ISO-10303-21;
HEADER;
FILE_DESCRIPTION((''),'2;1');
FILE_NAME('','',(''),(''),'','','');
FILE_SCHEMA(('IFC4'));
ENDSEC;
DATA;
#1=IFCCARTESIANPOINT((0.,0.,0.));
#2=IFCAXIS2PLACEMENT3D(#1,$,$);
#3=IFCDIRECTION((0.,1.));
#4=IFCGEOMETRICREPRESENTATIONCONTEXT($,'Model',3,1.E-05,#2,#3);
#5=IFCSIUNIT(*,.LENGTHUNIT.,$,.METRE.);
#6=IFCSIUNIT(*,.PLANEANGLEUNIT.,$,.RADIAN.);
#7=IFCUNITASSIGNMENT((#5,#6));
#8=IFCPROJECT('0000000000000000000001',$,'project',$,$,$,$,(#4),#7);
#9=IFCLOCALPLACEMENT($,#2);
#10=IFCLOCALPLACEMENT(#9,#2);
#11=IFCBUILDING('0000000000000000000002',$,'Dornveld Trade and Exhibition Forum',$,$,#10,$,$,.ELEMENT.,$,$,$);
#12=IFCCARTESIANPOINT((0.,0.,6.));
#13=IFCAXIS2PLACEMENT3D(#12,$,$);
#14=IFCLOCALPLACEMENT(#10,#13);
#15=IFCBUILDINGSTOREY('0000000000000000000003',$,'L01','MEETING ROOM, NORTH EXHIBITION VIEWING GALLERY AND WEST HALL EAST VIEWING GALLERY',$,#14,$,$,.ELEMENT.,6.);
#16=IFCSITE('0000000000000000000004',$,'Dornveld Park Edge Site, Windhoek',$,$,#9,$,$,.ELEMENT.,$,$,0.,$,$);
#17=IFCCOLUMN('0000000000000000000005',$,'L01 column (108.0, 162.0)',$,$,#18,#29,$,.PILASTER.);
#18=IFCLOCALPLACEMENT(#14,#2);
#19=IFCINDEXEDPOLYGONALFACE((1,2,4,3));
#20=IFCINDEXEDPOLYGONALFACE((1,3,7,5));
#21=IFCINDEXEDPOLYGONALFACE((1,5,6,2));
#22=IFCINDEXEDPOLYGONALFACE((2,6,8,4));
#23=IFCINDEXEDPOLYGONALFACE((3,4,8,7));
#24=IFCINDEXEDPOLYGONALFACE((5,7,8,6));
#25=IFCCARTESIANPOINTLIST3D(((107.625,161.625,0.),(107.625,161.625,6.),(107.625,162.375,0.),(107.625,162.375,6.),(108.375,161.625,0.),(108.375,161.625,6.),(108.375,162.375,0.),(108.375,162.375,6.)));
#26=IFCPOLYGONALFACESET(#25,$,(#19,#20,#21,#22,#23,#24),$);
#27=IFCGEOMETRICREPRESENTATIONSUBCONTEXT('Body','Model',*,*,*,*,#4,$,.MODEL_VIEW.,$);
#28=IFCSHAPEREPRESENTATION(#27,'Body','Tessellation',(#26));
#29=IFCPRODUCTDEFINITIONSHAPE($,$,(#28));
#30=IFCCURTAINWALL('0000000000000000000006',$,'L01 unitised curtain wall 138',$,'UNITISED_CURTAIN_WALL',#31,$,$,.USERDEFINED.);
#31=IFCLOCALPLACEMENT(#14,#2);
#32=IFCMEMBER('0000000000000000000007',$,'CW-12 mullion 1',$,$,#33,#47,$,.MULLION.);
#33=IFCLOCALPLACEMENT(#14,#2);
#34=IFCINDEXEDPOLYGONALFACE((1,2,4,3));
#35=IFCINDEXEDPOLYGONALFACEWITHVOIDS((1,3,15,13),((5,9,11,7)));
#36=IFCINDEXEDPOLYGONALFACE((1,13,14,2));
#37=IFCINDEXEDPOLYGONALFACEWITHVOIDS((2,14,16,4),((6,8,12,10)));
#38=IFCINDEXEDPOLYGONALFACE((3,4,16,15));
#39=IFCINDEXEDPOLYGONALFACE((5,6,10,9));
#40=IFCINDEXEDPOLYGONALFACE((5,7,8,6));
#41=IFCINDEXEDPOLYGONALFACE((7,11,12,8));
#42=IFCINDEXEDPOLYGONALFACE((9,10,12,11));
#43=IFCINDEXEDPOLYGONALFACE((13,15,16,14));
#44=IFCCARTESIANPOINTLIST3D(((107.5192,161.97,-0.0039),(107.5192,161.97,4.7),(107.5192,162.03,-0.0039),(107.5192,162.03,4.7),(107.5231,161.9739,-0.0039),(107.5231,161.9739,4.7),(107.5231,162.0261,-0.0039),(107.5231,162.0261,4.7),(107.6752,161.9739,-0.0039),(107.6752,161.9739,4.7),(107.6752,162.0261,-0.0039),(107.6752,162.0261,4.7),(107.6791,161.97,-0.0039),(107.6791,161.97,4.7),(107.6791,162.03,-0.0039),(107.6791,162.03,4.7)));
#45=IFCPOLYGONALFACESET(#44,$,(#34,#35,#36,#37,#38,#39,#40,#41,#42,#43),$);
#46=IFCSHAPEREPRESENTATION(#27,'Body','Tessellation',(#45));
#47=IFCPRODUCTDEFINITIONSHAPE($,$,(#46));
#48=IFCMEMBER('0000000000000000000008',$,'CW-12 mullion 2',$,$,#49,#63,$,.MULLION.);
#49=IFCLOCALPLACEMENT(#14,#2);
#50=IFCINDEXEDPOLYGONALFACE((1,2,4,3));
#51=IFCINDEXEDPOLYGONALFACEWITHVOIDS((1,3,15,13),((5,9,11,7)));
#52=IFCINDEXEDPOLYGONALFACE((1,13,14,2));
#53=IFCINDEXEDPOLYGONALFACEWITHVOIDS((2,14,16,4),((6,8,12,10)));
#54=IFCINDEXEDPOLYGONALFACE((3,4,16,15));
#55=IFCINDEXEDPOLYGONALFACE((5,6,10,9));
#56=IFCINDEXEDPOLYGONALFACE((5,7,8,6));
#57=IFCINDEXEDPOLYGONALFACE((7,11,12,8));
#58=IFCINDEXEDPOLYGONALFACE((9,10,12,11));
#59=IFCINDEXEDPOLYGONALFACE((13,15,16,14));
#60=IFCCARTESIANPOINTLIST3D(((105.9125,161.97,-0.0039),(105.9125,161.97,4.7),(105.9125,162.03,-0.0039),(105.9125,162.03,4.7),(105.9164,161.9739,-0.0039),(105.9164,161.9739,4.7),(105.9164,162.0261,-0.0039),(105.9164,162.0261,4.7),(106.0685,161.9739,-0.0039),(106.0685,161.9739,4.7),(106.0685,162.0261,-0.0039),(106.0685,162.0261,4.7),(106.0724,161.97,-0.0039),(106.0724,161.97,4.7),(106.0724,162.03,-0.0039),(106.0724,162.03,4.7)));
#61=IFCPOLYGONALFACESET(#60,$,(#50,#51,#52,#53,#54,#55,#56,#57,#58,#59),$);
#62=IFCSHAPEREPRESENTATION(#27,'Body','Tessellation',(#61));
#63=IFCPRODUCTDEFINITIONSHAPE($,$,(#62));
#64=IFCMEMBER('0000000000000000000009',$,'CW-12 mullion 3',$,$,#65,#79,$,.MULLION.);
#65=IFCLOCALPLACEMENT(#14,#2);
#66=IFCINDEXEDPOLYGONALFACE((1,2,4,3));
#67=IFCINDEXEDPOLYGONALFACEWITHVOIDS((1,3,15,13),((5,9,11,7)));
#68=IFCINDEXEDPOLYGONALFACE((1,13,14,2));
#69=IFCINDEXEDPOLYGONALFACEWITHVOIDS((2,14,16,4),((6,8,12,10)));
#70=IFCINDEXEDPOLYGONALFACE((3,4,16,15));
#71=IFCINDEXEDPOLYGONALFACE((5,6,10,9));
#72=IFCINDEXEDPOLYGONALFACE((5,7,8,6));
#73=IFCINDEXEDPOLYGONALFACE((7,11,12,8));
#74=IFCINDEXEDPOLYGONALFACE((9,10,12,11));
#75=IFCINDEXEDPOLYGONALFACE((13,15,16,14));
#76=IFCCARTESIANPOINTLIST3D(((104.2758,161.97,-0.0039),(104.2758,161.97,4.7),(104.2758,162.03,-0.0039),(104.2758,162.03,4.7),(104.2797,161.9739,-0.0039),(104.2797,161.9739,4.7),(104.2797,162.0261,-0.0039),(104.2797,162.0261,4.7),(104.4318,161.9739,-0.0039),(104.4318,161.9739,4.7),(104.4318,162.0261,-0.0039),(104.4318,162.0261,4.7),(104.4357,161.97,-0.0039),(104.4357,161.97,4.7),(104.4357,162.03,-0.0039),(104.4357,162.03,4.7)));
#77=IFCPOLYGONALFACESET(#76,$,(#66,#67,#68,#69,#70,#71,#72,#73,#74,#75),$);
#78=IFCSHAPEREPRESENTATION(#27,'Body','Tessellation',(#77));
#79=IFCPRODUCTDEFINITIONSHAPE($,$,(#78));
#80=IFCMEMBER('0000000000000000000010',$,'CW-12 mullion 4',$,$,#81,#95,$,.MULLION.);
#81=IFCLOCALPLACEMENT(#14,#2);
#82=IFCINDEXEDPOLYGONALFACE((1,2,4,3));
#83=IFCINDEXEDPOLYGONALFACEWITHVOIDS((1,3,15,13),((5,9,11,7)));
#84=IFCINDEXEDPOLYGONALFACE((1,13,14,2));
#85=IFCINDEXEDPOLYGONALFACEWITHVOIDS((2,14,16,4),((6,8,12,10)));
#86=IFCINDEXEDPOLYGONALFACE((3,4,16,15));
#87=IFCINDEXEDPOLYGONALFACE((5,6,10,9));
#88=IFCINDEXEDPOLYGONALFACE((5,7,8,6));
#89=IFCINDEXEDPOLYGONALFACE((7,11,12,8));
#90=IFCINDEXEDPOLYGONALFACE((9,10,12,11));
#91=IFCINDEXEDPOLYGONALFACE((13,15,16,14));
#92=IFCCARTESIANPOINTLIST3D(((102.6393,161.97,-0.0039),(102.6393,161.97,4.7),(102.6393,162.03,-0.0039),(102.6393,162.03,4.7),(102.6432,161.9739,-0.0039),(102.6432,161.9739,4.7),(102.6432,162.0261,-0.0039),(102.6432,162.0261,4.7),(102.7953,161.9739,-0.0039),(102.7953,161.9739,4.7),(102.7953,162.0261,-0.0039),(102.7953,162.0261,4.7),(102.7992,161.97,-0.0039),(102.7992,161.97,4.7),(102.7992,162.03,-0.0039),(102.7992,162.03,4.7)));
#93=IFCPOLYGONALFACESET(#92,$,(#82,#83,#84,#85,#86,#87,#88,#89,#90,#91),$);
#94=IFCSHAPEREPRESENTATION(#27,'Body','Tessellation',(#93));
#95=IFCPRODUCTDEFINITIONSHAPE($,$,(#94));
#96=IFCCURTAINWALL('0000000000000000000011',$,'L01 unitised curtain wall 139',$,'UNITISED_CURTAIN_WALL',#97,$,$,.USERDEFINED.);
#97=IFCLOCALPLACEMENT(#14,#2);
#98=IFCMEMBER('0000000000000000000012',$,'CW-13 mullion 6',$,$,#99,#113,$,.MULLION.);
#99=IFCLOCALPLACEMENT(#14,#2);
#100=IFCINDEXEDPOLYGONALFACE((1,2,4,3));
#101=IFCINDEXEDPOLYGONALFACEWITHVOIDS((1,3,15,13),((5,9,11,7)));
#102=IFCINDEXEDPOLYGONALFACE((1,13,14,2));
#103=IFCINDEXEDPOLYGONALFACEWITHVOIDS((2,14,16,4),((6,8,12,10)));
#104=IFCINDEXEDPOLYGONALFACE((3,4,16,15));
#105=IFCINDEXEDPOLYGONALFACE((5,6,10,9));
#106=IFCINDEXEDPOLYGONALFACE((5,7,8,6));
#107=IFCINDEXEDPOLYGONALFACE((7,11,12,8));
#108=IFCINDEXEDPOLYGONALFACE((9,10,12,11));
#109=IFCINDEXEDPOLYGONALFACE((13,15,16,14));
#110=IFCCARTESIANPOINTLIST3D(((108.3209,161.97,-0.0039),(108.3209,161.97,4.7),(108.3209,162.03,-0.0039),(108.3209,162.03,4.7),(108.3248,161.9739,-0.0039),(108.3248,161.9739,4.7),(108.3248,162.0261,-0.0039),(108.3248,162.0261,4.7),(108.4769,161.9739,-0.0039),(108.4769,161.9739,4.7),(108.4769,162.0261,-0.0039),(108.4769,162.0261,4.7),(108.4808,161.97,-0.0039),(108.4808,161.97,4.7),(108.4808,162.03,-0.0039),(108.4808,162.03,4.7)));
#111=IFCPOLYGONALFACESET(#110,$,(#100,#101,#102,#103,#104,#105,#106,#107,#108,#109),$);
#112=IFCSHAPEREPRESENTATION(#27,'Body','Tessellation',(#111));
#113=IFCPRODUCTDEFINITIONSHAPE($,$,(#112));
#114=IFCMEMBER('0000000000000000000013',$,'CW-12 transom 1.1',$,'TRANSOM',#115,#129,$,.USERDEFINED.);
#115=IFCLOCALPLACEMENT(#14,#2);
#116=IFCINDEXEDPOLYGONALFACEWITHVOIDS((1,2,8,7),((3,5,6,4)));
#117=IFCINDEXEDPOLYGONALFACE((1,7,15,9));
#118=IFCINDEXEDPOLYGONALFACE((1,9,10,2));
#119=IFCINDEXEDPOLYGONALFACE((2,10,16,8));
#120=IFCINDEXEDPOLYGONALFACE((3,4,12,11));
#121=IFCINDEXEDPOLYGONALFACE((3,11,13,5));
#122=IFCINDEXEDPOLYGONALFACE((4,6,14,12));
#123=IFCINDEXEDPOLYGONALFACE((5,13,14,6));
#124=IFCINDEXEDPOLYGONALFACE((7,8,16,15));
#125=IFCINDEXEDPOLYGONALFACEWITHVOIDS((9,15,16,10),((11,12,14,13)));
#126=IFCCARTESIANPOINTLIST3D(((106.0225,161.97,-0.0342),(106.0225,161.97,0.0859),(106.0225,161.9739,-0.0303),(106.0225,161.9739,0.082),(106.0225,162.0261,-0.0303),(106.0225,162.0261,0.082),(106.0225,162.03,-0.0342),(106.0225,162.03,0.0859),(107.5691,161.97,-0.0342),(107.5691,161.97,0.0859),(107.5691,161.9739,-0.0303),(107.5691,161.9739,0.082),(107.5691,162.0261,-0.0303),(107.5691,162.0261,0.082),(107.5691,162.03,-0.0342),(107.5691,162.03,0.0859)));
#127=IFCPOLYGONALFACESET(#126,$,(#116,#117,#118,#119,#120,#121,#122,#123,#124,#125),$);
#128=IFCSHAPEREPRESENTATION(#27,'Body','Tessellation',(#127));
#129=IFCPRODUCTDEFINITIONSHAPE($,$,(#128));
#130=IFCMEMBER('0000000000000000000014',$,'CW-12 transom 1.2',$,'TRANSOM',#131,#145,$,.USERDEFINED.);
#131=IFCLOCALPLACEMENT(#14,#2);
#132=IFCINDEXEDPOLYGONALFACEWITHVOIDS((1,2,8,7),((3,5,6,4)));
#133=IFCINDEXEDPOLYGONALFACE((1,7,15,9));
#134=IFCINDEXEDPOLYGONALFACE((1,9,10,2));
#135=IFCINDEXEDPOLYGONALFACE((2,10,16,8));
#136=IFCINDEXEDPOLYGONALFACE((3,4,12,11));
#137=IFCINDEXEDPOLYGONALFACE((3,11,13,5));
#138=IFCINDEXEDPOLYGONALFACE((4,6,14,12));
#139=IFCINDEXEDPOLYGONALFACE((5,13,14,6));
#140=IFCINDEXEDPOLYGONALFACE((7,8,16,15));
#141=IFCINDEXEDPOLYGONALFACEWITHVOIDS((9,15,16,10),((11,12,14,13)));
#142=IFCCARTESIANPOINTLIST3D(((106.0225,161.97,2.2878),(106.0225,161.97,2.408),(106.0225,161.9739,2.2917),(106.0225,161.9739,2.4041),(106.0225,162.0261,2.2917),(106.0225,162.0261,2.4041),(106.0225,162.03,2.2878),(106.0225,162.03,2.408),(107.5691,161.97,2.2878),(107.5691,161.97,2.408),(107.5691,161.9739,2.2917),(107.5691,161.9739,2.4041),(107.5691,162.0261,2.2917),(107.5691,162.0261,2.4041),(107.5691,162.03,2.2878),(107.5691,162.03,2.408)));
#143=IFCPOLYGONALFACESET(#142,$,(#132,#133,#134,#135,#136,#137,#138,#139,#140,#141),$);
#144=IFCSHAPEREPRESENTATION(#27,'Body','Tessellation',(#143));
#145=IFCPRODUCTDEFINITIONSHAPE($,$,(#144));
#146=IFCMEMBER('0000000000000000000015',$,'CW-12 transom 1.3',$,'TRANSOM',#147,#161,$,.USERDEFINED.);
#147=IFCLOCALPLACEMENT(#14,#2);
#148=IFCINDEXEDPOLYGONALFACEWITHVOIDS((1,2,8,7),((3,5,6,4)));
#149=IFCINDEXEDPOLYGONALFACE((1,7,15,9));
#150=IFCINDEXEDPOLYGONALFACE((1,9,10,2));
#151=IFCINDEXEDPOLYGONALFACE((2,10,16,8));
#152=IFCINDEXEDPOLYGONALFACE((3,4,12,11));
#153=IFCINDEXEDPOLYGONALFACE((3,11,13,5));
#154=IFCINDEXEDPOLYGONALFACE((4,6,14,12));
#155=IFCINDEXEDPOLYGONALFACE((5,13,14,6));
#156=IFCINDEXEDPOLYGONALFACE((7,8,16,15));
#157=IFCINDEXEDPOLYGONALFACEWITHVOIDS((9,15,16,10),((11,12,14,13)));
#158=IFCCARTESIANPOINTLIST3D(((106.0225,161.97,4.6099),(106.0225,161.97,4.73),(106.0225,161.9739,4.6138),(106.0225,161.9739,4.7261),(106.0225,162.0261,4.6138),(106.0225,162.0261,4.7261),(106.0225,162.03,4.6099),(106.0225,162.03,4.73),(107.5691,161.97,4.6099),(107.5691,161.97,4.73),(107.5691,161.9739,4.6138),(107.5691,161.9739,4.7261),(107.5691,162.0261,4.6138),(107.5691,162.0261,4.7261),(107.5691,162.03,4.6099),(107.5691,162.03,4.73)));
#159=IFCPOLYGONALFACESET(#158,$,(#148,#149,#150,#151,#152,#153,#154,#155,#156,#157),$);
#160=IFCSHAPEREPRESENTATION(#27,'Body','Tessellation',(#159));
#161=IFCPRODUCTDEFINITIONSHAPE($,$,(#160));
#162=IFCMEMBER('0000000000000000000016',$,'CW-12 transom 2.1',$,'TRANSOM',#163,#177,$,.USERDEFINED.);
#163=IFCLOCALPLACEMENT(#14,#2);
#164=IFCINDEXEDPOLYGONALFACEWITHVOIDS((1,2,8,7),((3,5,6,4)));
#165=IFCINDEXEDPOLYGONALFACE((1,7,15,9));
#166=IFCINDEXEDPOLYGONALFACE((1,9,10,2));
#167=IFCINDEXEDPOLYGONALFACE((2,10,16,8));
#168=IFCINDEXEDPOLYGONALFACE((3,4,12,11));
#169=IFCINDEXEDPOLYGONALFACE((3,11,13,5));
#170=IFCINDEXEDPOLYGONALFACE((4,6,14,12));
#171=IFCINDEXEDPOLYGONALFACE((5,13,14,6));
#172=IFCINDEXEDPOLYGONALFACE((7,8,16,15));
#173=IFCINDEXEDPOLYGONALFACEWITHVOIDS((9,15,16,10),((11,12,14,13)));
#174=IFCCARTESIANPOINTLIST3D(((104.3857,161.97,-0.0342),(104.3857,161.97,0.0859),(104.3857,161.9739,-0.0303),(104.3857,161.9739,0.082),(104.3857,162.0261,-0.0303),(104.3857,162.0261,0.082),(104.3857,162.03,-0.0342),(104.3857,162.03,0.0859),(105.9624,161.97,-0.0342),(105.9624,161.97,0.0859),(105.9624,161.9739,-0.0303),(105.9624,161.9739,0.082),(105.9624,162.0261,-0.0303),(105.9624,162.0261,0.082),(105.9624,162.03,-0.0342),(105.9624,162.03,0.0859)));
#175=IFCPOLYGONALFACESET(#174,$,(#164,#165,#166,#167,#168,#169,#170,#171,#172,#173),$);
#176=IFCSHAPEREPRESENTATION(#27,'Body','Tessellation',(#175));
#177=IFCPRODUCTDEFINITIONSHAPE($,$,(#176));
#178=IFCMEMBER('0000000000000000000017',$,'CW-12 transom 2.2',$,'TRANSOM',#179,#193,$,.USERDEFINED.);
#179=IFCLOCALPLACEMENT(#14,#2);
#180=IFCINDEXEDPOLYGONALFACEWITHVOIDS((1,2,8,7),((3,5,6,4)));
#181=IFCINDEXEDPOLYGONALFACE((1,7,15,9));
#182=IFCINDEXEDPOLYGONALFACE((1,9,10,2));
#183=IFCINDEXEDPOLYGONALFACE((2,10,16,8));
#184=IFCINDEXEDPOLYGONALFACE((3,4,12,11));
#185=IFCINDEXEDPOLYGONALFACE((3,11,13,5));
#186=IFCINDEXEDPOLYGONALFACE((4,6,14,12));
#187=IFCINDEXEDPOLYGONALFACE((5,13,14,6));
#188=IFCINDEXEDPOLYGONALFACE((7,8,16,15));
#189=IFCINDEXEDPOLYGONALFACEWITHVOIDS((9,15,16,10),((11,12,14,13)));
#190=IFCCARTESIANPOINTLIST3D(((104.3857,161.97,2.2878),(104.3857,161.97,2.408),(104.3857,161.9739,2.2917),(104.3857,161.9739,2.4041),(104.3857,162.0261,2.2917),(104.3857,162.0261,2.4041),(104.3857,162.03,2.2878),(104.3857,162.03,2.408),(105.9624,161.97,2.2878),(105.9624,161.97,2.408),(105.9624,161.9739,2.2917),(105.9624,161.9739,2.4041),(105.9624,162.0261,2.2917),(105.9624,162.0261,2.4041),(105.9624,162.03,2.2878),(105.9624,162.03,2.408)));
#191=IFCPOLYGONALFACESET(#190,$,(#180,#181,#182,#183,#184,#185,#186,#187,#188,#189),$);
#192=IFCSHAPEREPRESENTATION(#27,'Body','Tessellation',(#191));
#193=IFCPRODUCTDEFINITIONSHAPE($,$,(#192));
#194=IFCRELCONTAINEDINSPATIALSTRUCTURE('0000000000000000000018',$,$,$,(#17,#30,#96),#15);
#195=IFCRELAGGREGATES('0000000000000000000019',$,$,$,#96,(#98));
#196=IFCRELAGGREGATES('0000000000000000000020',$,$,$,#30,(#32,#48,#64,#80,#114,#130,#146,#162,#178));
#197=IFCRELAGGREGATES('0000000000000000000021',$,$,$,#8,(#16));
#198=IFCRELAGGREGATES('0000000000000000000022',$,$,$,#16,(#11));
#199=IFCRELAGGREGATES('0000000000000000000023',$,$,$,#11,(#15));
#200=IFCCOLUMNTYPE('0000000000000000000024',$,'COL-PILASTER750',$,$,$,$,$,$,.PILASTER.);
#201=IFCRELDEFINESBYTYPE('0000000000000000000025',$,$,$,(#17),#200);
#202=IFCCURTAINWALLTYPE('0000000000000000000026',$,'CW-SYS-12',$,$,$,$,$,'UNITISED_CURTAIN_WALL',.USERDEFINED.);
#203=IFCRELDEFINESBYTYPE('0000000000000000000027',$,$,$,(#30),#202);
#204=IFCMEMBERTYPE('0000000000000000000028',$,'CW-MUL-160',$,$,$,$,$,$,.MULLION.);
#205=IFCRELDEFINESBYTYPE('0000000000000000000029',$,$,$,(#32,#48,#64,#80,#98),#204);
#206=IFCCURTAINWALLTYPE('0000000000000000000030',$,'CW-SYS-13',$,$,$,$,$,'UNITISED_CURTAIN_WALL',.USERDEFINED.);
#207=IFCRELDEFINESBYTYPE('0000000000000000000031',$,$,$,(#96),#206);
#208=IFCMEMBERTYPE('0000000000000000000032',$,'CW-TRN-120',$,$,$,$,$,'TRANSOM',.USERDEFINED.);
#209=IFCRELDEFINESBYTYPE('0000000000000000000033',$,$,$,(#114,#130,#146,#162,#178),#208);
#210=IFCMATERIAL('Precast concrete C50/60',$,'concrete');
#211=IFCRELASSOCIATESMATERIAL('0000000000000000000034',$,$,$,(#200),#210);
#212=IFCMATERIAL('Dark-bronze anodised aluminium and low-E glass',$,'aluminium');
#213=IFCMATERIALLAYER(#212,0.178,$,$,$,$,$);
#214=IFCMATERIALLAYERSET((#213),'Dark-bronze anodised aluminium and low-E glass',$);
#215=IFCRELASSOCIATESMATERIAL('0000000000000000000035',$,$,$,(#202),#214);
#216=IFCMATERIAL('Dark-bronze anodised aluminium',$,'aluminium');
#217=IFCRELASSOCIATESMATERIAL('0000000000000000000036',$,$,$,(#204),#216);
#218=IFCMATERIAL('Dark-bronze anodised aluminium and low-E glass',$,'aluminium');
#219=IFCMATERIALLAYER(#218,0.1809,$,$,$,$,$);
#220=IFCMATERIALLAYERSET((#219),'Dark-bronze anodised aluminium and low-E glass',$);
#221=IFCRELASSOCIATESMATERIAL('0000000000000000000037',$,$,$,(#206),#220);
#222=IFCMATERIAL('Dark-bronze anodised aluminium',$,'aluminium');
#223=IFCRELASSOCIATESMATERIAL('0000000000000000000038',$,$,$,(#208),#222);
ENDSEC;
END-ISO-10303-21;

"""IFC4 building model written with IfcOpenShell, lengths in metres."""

from ifc_helpers import new_model, si_unit, direction, frame, origin, origin_2d, place, context, subcontext, project, spatial, rectangle, hollow_rectangle, extrude, material, layer, layer_set, material_profile, profile_set, type_object, element, aggregate, save


model = new_model("IFC4")

# Units and contexts
model_context = context("Model", 3, precision=1e-05, world=origin(), true_north=direction((0.0, 1.0)))
body_context = subcontext(model_context, "Body", "Model", "MODEL_VIEW")
ifc_project = project(units=[si_unit("LENGTHUNIT", "METRE"), si_unit("PLANEANGLEUNIT", "RADIAN")], contexts=[model_context])

# Site, building, storey
site_placement = place(None, origin())
site = spatial("IfcSite", under=ifc_project, at=site_placement, Name="Dornveld Park Edge Site, Windhoek", CompositionType="ELEMENT", RefElevation=0.0)
building_placement = place(site_placement, origin())
building = spatial("IfcBuilding", under=site, at=building_placement, Name="Dornveld Trade and Exhibition Forum", CompositionType="ELEMENT")
storey_placement = place(building_placement, frame((0.0, 0.0, 6.0)))
storey = spatial("IfcBuildingStorey", under=building, at=storey_placement, Name="L01", Description="MEETING ROOM, NORTH EXHIBITION VIEWING GALLERY AND WEST HALL EAST VIEWING GALLERY", CompositionType="ELEMENT", Elevation=6.0)

# Column
ifc_material_1 = material(Name="Precast concrete C50/60", Category="concrete")
ifc_material_profile_1 = material_profile(ifc_material_1, rectangle(XDim=0.75, YDim=0.75, at=origin_2d()), Name="PC-COL 750x750")
ifc_profile_set_1 = profile_set([ifc_material_profile_1], Name="Precast concrete C50/60")
column_type = type_object("IfcColumnType", Name="COL-PILASTER750", PredefinedType="PILASTER", material=ifc_profile_set_1)
column_placement = place(storey_placement, frame((108.0, 162.0, 0.0), z_axis=(0.0, 0.0, 1.0), x_axis=(1.0, 0.0, 0.0)))
element("IfcColumn", 1, at=column_placement, inside=storey, type_object=column_type, Name="L01 column (108.0, 162.0)", PredefinedType="PILASTER", context=body_context, shape_type="SweptSolid", body=[
    extrude(rectangle(XDim=0.75, YDim=0.75, at=origin_2d()), origin(), (0.0, 0.0, 1.0), 6.0),
])

# Curtain wall, members
ifc_material_2 = material(Name="Dark-bronze anodised aluminium and low-E glass", Category="aluminium")
ifc_layer_1 = layer(ifc_material_2, 0.178)
ifc_layer_set_1 = layer_set([ifc_layer_1], Name="Dark-bronze anodised aluminium and low-E glass")
curtain_wall_type_1 = type_object("IfcCurtainWallType", Name="CW-SYS-12", ElementType="UNITISED_CURTAIN_WALL", PredefinedType="USERDEFINED", material=ifc_layer_set_1)
curtain_wall_1_placement = place(storey_placement, origin())
curtain_wall_1 = element("IfcCurtainWall", 2, at=curtain_wall_1_placement, inside=storey, type_object=curtain_wall_type_1, Name="L01 unitised curtain wall 138", ObjectType="UNITISED_CURTAIN_WALL", PredefinedType="USERDEFINED")
ifc_material_3 = material(Name="Dark-bronze anodised aluminium", Category="aluminium")
ifc_material_profile_2 = material_profile(ifc_material_3, hollow_rectangle(XDim=0.0601, YDim=0.1599, WallThickness=0.0039, at=origin_2d()), Name="RHS 160x60x4")
ifc_profile_set_2 = profile_set([ifc_material_profile_2], Name="Dark-bronze anodised aluminium")
member_type_1 = type_object("IfcMemberType", Name="CW-MUL-160", PredefinedType="MULLION", material=ifc_profile_set_2)
member_1_placement = place(storey_placement, frame((107.5991, 162.0, -0.0039), z_axis=(0.0, 0.0, 1.0), x_axis=(0.0, -1.0, 0.0)))
member_1 = element("IfcMember", 3, at=member_1_placement, type_object=member_type_1, Name="CW-12 mullion 1", PredefinedType="MULLION", context=body_context, shape_type="SweptSolid", body=[
    extrude(hollow_rectangle(XDim=0.0601, YDim=0.1599, WallThickness=0.0039, at=origin_2d()), origin(), (0.0, 0.0, 1.0), 4.7039),
])
member_2_placement = place(storey_placement, frame((105.9924, 162.0, -0.0039), z_axis=(0.0, 0.0, 1.0), x_axis=(0.0, -1.0, 0.0)))
member_2 = element("IfcMember", 4, at=member_2_placement, type_object=member_type_1, Name="CW-12 mullion 2", PredefinedType="MULLION", context=body_context, shape_type="SweptSolid", body=[
    extrude(hollow_rectangle(XDim=0.0601, YDim=0.1599, WallThickness=0.0039, at=origin_2d()), origin(), (0.0, 0.0, 1.0), 4.7039),
])
member_3_placement = place(storey_placement, frame((104.3557, 162.0, -0.0039), z_axis=(0.0, 0.0, 1.0), x_axis=(0.0, -1.0, 0.0)))
member_3 = element("IfcMember", 5, at=member_3_placement, type_object=member_type_1, Name="CW-12 mullion 3", PredefinedType="MULLION", context=body_context, shape_type="SweptSolid", body=[
    extrude(hollow_rectangle(XDim=0.0601, YDim=0.1599, WallThickness=0.0039, at=origin_2d()), origin(), (0.0, 0.0, 1.0), 4.7039),
])
member_4_placement = place(storey_placement, frame((102.7192, 162.0, -0.0039), z_axis=(0.0, 0.0, 1.0), x_axis=(0.0, -1.0, 0.0)))
member_4 = element("IfcMember", 6, at=member_4_placement, type_object=member_type_1, Name="CW-12 mullion 4", PredefinedType="MULLION", context=body_context, shape_type="SweptSolid", body=[
    extrude(hollow_rectangle(XDim=0.0601, YDim=0.1599, WallThickness=0.0039, at=origin_2d()), origin(), (0.0, 0.0, 1.0), 4.7039),
])

# Curtain wall, member
ifc_material_4 = material(Name="Dark-bronze anodised aluminium and low-E glass", Category="aluminium")
ifc_layer_2 = layer(ifc_material_4, 0.1809)
ifc_layer_set_2 = layer_set([ifc_layer_2], Name="Dark-bronze anodised aluminium and low-E glass")
curtain_wall_type_2 = type_object("IfcCurtainWallType", Name="CW-SYS-13", ElementType="UNITISED_CURTAIN_WALL", PredefinedType="USERDEFINED", material=ifc_layer_set_2)
curtain_wall_2_placement = place(storey_placement, origin())
curtain_wall_2 = element("IfcCurtainWall", 7, at=curtain_wall_2_placement, inside=storey, type_object=curtain_wall_type_2, Name="L01 unitised curtain wall 139", ObjectType="UNITISED_CURTAIN_WALL", PredefinedType="USERDEFINED")
member_5_placement = place(storey_placement, frame((108.4009, 162.0, -0.0039), z_axis=(0.0, 0.0, 1.0), x_axis=(0.0, -1.0, 0.0)))
member_5 = element("IfcMember", 8, at=member_5_placement, type_object=member_type_1, Name="CW-13 mullion 6", PredefinedType="MULLION", context=body_context, shape_type="SweptSolid", body=[
    extrude(hollow_rectangle(XDim=0.0601, YDim=0.1599, WallThickness=0.0039, at=origin_2d()), origin(), (0.0, 0.0, 1.0), 4.7039),
])
aggregate(curtain_wall_2, [member_5])

# Members
ifc_material_5 = material(Name="Dark-bronze anodised aluminium", Category="aluminium")
ifc_material_profile_3 = material_profile(ifc_material_5, hollow_rectangle(XDim=0.0601, YDim=0.1201, WallThickness=0.0039, at=origin_2d()), Name="RHS 120x60x4")
ifc_profile_set_3 = profile_set([ifc_material_profile_3], Name="Dark-bronze anodised aluminium")
member_type_2 = type_object("IfcMemberType", Name="CW-TRN-120", ElementType="TRANSOM", PredefinedType="USERDEFINED", material=ifc_profile_set_3)
member_6_placement = place(storey_placement, frame((107.5691, 162.0, 0.0259), z_axis=(-1.0, 0.0, 0.0), x_axis=(0.0, -1.0, 0.0)))
member_6 = element("IfcMember", 9, at=member_6_placement, type_object=member_type_2, Name="CW-12 transom 1.1", ObjectType="TRANSOM", PredefinedType="USERDEFINED", context=body_context, shape_type="SweptSolid", body=[
    extrude(hollow_rectangle(XDim=0.0601, YDim=0.1201, WallThickness=0.0039, at=origin_2d()), origin(), (0.0, 0.0, 1.0), 1.5466),
])
member_7_placement = place(storey_placement, frame((107.5691, 162.0, 2.3479), z_axis=(-1.0, 0.0, 0.0), x_axis=(0.0, -1.0, 0.0)))
member_7 = element("IfcMember", 10, at=member_7_placement, type_object=member_type_2, Name="CW-12 transom 1.2", ObjectType="TRANSOM", PredefinedType="USERDEFINED", context=body_context, shape_type="SweptSolid", body=[
    extrude(hollow_rectangle(XDim=0.0601, YDim=0.1201, WallThickness=0.0039, at=origin_2d()), origin(), (0.0, 0.0, 1.0), 1.5466),
])
member_8_placement = place(storey_placement, frame((107.5691, 162.0, 4.6699), z_axis=(-1.0, 0.0, 0.0), x_axis=(0.0, -1.0, 0.0)))
member_8 = element("IfcMember", 11, at=member_8_placement, type_object=member_type_2, Name="CW-12 transom 1.3", ObjectType="TRANSOM", PredefinedType="USERDEFINED", context=body_context, shape_type="SweptSolid", body=[
    extrude(hollow_rectangle(XDim=0.0601, YDim=0.1201, WallThickness=0.0039, at=origin_2d()), origin(), (0.0, 0.0, 1.0), 1.5466),
])
member_9_placement = place(storey_placement, frame((105.9624, 162.0, 0.0259), z_axis=(-1.0, 0.0, 0.0), x_axis=(0.0, -1.0, 0.0)))
member_9 = element("IfcMember", 12, at=member_9_placement, type_object=member_type_2, Name="CW-12 transom 2.1", ObjectType="TRANSOM", PredefinedType="USERDEFINED", context=body_context, shape_type="SweptSolid", body=[
    extrude(hollow_rectangle(XDim=0.0601, YDim=0.1201, WallThickness=0.0039, at=origin_2d()), origin(), (0.0, 0.0, 1.0), 1.5767),
])
member_10_placement = place(storey_placement, frame((105.9624, 162.0, 2.3479), z_axis=(-1.0, 0.0, 0.0), x_axis=(0.0, -1.0, 0.0)))
member_10 = element("IfcMember", 13, at=member_10_placement, type_object=member_type_2, Name="CW-12 transom 2.2", ObjectType="TRANSOM", PredefinedType="USERDEFINED", context=body_context, shape_type="SweptSolid", body=[
    extrude(hollow_rectangle(XDim=0.0601, YDim=0.1201, WallThickness=0.0039, at=origin_2d()), origin(), (0.0, 0.0, 1.0), 1.5767),
])

aggregate(curtain_wall_1, [member_1, member_2, member_3, member_4, member_6, member_7, member_8, member_9, member_10])

save(model, "model.ifc")
